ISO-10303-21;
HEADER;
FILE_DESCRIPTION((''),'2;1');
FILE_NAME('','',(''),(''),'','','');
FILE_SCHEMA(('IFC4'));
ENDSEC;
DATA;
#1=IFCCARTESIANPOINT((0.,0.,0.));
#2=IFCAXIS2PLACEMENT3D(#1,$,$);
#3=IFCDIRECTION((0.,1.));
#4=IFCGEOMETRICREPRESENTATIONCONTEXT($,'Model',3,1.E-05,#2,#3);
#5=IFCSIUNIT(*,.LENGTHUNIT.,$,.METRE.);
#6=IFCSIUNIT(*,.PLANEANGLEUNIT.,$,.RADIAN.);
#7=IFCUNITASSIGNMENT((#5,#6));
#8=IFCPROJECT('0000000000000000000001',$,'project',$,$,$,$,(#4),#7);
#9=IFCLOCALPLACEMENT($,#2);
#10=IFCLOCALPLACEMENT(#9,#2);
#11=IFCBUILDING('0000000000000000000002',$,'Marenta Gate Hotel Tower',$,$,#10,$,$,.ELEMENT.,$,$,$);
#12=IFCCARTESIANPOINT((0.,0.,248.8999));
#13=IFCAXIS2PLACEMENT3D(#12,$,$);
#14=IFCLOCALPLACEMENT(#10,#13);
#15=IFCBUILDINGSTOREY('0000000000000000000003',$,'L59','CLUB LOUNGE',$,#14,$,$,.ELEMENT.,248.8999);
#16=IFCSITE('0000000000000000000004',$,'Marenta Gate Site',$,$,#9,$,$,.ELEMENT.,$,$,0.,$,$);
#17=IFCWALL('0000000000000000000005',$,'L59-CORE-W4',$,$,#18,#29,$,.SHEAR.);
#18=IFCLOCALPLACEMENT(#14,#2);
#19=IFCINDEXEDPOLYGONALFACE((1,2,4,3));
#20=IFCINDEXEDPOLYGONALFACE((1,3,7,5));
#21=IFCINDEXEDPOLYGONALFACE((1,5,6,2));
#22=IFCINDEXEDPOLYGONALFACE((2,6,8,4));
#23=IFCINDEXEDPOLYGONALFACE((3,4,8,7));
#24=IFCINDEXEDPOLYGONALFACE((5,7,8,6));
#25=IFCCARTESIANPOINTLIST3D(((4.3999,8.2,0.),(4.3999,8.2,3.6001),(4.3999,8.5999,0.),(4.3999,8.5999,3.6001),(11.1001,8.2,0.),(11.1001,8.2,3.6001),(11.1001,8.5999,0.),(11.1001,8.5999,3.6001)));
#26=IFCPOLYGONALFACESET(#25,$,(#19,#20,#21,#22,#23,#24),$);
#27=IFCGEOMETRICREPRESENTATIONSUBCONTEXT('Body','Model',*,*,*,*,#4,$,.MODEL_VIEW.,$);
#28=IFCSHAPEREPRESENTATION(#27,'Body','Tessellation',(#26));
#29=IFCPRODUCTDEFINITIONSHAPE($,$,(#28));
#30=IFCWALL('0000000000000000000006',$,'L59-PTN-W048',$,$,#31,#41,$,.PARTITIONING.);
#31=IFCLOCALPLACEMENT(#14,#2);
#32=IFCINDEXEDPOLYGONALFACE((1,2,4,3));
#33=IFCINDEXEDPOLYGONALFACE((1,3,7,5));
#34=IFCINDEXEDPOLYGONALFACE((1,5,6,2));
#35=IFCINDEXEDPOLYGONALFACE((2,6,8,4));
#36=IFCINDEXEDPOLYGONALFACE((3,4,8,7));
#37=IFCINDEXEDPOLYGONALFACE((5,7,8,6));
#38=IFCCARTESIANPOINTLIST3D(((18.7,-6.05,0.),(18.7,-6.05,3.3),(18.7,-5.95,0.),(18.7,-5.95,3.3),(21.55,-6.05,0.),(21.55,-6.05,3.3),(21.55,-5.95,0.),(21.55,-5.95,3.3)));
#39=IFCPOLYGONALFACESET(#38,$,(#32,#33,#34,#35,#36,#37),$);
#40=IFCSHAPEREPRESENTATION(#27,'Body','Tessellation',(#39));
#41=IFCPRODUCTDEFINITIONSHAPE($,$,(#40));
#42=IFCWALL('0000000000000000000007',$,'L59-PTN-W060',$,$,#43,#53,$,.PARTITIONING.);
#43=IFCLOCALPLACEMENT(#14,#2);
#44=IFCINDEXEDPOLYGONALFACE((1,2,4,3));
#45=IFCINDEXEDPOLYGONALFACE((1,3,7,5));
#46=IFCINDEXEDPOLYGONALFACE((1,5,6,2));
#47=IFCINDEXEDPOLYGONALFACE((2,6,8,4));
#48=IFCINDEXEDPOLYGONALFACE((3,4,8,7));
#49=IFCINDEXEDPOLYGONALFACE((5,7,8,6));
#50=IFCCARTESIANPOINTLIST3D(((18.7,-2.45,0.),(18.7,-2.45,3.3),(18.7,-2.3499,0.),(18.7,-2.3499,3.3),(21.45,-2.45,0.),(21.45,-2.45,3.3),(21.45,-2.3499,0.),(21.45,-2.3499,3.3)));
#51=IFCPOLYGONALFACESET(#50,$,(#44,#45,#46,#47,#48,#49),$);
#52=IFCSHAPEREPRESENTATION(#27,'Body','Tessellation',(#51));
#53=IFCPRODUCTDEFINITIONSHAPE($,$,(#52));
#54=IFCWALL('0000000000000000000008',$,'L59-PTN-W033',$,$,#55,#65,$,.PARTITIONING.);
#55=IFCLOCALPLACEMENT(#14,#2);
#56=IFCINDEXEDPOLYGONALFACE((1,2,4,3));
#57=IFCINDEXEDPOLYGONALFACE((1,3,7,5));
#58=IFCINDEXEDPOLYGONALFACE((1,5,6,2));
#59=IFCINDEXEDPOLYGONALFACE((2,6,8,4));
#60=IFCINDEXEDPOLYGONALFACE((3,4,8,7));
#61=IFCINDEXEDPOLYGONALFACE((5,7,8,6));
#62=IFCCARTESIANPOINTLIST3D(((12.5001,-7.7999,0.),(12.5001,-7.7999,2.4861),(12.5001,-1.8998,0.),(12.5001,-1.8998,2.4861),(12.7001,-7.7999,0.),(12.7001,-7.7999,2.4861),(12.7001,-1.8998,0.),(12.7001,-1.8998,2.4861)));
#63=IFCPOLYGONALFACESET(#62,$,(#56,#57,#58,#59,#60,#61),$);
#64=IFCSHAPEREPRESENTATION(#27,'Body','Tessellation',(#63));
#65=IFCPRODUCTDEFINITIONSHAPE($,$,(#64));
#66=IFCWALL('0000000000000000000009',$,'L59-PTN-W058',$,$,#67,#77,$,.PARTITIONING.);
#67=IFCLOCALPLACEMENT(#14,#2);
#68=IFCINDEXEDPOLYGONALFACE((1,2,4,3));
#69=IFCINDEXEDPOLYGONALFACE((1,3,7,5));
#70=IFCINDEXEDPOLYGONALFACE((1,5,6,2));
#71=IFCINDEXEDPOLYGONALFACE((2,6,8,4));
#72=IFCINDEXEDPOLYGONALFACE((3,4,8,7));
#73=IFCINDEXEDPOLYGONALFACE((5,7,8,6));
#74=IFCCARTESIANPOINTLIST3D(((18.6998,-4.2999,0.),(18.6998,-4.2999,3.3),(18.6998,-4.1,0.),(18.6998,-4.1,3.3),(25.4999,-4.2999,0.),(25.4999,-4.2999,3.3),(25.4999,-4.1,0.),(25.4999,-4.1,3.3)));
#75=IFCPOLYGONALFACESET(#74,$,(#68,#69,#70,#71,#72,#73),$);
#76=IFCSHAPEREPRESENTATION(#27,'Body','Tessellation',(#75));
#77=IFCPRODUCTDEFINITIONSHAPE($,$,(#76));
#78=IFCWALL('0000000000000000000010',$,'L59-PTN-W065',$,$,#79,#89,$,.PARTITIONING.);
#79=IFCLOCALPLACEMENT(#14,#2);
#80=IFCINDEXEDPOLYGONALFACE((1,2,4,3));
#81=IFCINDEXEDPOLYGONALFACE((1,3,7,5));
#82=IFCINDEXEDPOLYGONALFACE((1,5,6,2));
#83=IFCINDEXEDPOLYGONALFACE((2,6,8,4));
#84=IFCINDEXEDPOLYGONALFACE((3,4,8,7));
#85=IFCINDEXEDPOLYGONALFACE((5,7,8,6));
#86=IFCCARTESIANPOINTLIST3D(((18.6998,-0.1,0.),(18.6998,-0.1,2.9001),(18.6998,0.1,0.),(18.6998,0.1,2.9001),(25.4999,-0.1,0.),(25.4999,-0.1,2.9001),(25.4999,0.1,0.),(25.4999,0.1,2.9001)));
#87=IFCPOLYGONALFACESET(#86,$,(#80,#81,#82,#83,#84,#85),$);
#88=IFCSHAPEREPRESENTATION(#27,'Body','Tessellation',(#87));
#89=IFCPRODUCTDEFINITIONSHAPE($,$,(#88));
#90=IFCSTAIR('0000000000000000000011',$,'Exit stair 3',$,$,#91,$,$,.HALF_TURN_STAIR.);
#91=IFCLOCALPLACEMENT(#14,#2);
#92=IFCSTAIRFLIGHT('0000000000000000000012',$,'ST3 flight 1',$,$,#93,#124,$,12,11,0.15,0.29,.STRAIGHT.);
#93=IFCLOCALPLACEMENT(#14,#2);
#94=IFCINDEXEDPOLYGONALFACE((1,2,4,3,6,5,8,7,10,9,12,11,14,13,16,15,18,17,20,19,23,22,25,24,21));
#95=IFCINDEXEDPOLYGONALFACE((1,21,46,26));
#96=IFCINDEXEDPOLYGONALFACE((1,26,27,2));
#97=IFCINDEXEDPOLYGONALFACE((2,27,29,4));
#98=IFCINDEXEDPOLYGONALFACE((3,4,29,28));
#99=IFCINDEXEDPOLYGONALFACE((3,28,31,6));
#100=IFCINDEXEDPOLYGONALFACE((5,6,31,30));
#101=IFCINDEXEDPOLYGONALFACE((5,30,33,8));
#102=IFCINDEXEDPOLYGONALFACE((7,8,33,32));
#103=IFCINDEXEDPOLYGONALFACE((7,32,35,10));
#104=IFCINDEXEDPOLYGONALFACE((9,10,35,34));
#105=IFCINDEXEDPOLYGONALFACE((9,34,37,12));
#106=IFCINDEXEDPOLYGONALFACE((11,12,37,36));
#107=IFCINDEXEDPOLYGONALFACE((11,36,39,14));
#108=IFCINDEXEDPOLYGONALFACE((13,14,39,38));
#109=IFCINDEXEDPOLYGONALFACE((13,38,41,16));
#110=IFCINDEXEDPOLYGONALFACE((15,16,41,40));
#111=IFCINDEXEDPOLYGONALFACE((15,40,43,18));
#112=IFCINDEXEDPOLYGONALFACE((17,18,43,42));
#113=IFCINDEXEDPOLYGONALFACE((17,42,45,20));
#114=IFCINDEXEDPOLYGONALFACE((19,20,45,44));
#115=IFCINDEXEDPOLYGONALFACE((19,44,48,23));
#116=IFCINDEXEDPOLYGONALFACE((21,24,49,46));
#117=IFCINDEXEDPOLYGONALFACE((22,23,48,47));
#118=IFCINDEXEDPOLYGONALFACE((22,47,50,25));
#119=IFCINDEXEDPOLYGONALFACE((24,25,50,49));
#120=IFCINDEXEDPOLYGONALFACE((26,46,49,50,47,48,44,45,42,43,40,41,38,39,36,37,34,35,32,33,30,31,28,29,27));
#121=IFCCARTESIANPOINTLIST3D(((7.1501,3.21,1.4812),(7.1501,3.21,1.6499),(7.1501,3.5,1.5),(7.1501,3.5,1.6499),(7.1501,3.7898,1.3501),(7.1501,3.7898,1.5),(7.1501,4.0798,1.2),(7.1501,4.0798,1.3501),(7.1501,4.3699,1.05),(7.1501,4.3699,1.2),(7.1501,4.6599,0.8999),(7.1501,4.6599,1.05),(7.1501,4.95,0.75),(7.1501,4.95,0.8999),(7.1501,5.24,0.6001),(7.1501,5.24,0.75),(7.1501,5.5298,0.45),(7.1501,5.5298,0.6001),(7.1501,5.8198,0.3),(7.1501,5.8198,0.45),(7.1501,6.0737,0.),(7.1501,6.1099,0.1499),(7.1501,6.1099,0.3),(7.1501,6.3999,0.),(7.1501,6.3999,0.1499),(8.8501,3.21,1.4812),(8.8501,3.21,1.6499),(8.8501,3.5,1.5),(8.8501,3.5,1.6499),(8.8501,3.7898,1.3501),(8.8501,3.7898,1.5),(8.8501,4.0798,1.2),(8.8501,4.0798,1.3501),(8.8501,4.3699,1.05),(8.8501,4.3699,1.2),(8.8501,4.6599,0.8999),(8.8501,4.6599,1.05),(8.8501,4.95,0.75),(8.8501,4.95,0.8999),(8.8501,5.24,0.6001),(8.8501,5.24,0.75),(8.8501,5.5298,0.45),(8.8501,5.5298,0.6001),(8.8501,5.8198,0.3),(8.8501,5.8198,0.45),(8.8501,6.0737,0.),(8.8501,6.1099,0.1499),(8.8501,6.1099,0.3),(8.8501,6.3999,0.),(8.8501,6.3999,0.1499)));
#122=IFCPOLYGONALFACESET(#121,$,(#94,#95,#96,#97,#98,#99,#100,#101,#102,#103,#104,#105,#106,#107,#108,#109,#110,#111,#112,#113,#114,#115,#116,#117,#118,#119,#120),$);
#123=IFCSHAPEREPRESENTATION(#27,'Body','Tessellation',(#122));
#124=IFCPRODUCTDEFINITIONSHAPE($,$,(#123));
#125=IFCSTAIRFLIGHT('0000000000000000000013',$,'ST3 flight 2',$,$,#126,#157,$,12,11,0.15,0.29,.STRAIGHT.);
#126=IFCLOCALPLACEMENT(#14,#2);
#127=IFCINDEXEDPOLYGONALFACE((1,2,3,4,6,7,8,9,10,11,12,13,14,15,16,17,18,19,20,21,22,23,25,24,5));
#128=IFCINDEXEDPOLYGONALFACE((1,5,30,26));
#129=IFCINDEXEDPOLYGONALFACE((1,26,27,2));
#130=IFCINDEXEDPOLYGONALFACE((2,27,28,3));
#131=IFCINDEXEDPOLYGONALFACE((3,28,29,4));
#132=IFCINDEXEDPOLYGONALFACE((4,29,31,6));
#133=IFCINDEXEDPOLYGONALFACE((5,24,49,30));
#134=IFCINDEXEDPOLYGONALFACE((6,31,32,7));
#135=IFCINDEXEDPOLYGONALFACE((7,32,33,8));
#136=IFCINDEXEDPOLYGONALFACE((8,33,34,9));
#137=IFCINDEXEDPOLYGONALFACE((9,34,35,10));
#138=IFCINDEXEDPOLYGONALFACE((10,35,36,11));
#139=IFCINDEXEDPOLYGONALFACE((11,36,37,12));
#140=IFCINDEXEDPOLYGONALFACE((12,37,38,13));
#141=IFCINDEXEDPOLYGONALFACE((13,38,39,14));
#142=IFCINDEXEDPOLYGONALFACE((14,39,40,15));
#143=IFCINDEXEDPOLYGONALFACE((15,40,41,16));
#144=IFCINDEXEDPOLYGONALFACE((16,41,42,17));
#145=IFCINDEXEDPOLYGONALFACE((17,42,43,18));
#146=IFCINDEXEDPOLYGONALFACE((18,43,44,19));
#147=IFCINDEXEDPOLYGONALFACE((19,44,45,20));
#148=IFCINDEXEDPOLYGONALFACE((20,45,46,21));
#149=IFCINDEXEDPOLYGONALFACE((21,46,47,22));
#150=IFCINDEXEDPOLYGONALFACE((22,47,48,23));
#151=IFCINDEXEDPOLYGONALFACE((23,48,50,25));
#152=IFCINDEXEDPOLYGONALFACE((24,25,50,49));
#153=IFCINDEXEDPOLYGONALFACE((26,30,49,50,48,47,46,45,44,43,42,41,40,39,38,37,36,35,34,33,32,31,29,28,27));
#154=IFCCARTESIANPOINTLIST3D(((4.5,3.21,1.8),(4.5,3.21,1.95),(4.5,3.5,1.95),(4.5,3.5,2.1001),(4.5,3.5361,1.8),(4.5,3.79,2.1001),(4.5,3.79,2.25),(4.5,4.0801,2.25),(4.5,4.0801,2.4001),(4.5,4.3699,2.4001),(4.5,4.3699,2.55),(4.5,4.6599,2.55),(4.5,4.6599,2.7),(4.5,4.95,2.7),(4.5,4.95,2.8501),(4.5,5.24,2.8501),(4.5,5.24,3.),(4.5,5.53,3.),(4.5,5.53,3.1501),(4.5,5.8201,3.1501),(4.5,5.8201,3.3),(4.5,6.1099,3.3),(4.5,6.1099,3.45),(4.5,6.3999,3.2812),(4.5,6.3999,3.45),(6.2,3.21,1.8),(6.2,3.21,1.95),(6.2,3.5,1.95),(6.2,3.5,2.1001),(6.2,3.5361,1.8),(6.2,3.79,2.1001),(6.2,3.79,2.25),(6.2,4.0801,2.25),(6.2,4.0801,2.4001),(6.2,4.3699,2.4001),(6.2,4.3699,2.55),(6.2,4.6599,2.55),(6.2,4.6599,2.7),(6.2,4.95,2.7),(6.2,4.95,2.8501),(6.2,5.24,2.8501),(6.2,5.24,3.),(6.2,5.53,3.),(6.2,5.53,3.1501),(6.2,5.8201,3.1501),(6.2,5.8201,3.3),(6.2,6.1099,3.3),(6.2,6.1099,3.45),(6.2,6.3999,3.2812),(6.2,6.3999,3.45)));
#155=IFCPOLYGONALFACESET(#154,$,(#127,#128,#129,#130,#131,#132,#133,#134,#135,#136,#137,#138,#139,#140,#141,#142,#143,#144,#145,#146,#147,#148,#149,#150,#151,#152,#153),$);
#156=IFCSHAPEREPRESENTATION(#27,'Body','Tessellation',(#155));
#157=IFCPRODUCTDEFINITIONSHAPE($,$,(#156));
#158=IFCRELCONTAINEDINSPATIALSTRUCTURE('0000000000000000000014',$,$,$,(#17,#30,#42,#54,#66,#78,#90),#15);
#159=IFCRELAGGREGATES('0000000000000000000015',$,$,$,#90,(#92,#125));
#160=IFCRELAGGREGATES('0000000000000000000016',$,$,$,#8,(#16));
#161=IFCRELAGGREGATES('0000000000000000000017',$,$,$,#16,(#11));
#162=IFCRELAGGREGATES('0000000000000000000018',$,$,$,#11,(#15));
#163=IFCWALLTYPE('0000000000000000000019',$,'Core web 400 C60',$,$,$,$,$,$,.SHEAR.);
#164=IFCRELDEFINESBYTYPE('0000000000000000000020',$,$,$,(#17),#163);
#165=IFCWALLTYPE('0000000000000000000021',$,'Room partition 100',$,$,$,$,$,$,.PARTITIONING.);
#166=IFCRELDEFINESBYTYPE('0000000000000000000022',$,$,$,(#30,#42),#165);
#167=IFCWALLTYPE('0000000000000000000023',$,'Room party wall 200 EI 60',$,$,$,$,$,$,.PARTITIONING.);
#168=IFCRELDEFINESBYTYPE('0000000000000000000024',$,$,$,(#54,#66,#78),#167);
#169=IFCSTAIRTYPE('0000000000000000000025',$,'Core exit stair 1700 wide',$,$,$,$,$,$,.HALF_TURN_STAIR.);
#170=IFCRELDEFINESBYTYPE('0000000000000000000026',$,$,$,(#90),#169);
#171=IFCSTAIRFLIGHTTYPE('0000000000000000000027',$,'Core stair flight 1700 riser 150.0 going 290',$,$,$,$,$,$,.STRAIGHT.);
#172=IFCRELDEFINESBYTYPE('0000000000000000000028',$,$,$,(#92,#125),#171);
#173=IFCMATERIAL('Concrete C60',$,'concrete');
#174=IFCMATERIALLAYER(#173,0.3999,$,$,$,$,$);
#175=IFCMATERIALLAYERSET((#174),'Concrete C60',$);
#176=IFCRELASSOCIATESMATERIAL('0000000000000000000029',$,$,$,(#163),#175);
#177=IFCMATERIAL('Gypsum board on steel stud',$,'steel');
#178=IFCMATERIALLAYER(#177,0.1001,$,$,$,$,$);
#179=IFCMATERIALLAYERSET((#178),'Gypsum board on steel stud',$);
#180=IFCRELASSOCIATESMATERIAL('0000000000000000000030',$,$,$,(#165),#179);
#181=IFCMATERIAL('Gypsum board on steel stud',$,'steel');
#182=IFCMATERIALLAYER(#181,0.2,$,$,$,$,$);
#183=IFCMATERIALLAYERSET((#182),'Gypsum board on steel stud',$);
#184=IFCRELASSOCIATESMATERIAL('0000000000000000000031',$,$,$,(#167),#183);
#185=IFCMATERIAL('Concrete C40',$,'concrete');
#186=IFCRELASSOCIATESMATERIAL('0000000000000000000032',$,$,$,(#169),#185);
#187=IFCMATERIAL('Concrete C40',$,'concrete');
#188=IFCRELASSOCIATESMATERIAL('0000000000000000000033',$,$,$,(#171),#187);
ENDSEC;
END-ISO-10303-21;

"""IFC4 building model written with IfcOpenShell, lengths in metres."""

from ifc_helpers import new_model, si_unit, direction, frame, frame_2d, origin, place, context, subcontext, project, spatial, polyline, rectangle, outline, extrude, material, layer, layer_set, type_object, element, aggregate, save


model = new_model("IFC4")

# Units and contexts
model_context = context("Model", 3, precision=1e-05, world=origin(), true_north=direction((0.0, 1.0)))
body_context = subcontext(model_context, "Body", "Model", "MODEL_VIEW")
ifc_project = project(units=[si_unit("LENGTHUNIT", "METRE"), si_unit("PLANEANGLEUNIT", "RADIAN")], contexts=[model_context])

# Site, building, storey
site_placement = place(None, origin())
site = spatial("IfcSite", under=ifc_project, at=site_placement, Name="Marenta Gate Site", CompositionType="ELEMENT", RefElevation=0.0)
building_placement = place(site_placement, origin())
building = spatial("IfcBuilding", under=site, at=building_placement, Name="Marenta Gate Hotel Tower", CompositionType="ELEMENT")
storey_placement = place(building_placement, frame((0.0, 0.0, 248.8999)))
storey = spatial("IfcBuildingStorey", under=building, at=storey_placement, Name="L59", Description="CLUB LOUNGE", CompositionType="ELEMENT", Elevation=248.8999)

# Walls
ifc_material_1 = material(Name="Concrete C60", Category="concrete")
ifc_layer_1 = layer(ifc_material_1, 0.3999)
ifc_layer_set_1 = layer_set([ifc_layer_1], Name="Concrete C60")
wall_type_1 = type_object("IfcWallType", Name="Core web 400 C60", PredefinedType="SHEAR", material=ifc_layer_set_1)
wall_1_placement = place(storey_placement, frame((4.3999, 8.3999, 0.0), z_axis=(0.0, 0.0, 1.0), x_axis=(1.0, 0.0, 0.0)))
element("IfcWall", 1, at=wall_1_placement, inside=storey, type_object=wall_type_1, Name="L59-CORE-W4", PredefinedType="SHEAR", context=body_context, shape_type="SweptSolid", body=[
    extrude(rectangle(XDim=6.7002, YDim=0.3999, at=frame_2d((3.3501, 0.0))), origin(), (0.0, 0.0, 1.0), 3.6001),
])
ifc_material_2 = material(Name="Gypsum board on steel stud", Category="steel")
ifc_layer_2 = layer(ifc_material_2, 0.1001)
ifc_layer_set_2 = layer_set([ifc_layer_2], Name="Gypsum board on steel stud")
wall_type_2 = type_object("IfcWallType", Name="Room partition 100", PredefinedType="PARTITIONING", material=ifc_layer_set_2)
wall_2_placement = place(storey_placement, frame((18.7, -6.0, 0.0), z_axis=(0.0, 0.0, 1.0), x_axis=(1.0, 0.0, 0.0)))
element("IfcWall", 2, at=wall_2_placement, inside=storey, type_object=wall_type_2, Name="L59-PTN-W048", PredefinedType="PARTITIONING", context=body_context, shape_type="SweptSolid", body=[
    extrude(rectangle(XDim=2.8501, YDim=0.1001, at=frame_2d((1.425, 0.0))), origin(), (0.0, 0.0, 1.0), 3.3),
])
wall_3_placement = place(storey_placement, frame((18.7, -2.3999, 0.0), z_axis=(0.0, 0.0, 1.0), x_axis=(1.0, 0.0, 0.0)))
element("IfcWall", 3, at=wall_3_placement, inside=storey, type_object=wall_type_2, Name="L59-PTN-W060", PredefinedType="PARTITIONING", context=body_context, shape_type="SweptSolid", body=[
    extrude(rectangle(XDim=2.75, YDim=0.1001, at=frame_2d((1.375, 0.0))), origin(), (0.0, 0.0, 1.0), 3.3),
])
ifc_material_3 = material(Name="Gypsum board on steel stud", Category="steel")
ifc_layer_3 = layer(ifc_material_3, 0.2)
ifc_layer_set_3 = layer_set([ifc_layer_3], Name="Gypsum board on steel stud")
wall_type_3 = type_object("IfcWallType", Name="Room party wall 200 EI 60", PredefinedType="PARTITIONING", material=ifc_layer_set_3)
wall_4_placement = place(storey_placement, frame((12.6001, -7.8, 0.0), z_axis=(0.0, 0.0, 1.0), x_axis=(0.0, 1.0, 0.0)))
element("IfcWall", 4, at=wall_4_placement, inside=storey, type_object=wall_type_3, Name="L59-PTN-W033", PredefinedType="PARTITIONING", context=body_context, shape_type="SweptSolid", body=[
    extrude(rectangle(XDim=5.9001, YDim=0.2, at=frame_2d((2.9502, 0.0))), origin(), (0.0, 0.0, 1.0), 2.4861),
])
wall_5_placement = place(storey_placement, frame((18.7, -4.2, 0.0), z_axis=(0.0, 0.0, 1.0), x_axis=(1.0, 0.0, 0.0)))
element("IfcWall", 5, at=wall_5_placement, inside=storey, type_object=wall_type_3, Name="L59-PTN-W058", PredefinedType="PARTITIONING", context=body_context, shape_type="SweptSolid", body=[
    extrude(rectangle(XDim=6.8, YDim=0.2, at=frame_2d((3.3999, 0.0))), origin(), (0.0, 0.0, 1.0), 3.3),
])
wall_6_placement = place(storey_placement, frame((18.7, 0.0, 0.0), z_axis=(0.0, 0.0, 1.0), x_axis=(1.0, 0.0, 0.0)))
element("IfcWall", 6, at=wall_6_placement, inside=storey, type_object=wall_type_3, Name="L59-PTN-W065", PredefinedType="PARTITIONING", context=body_context, shape_type="SweptSolid", body=[
    extrude(rectangle(XDim=6.8, YDim=0.2, at=frame_2d((3.3999, 0.0))), origin(), (0.0, 0.0, 1.0), 2.9001),
])

# Stair, stair flights
ifc_material_4 = material(Name="Concrete C40", Category="concrete")
stair_type = type_object("IfcStairType", Name="Core exit stair 1700 wide", PredefinedType="HALF_TURN_STAIR", material=ifc_material_4)
stair_placement = place(storey_placement, origin())
stair = element("IfcStair", 7, at=stair_placement, inside=storey, type_object=stair_type, Name="Exit stair 3", PredefinedType="HALF_TURN_STAIR")
ifc_material_5 = material(Name="Concrete C40", Category="concrete")
stair_flight_type = type_object("IfcStairFlightType", Name="Core stair flight 1700 riser 150.0 going 290", PredefinedType="STRAIGHT", material=ifc_material_5)
stair_flight_1_placement = place(storey_placement, frame((8.0, 6.3999, 0.0), z_axis=(0.0, 0.0, 1.0), x_axis=(0.0, -1.0, 0.0)))
stair_flight_1 = element("IfcStairFlight", 8, at=stair_flight_1_placement, type_object=stair_flight_type, Name="ST3 flight 1", NumberOfRisers=12, NumberOfTreads=11, PredefinedType="STRAIGHT", RiserHeight=0.15, TreadLength=0.29, context=body_context, shape_type="SweptSolid", body=[
    extrude(outline(polyline([(0.0, 0.0), (0.0, 0.1499), (0.29, 0.1499), (0.29, 0.3), (0.5801, 0.3), (0.5801, 0.45), (0.8701, 0.45), (0.8701, 0.6001), (1.1599, 0.6001), (1.1599, 0.75), (1.45, 0.75), (1.45, 0.8999), (1.74, 0.8999), (1.74, 1.05), (2.03, 1.05), (2.03, 1.2), (2.3201, 1.2), (2.3201, 1.3501), (2.6101, 1.3501), (2.6101, 1.5), (2.8999, 1.5), (2.8999, 1.6499), (3.1899, 1.6499), (3.1899, 1.8), (3.1899, 1.4812), (0.3262, 0.0), (0.0, 0.0)])), frame((0.0, 0.8501, 0.0), z_axis=(0.0, -1.0, 0.0), x_axis=(1.0, 0.0, 0.0)), (0.0, 0.0, 1.0), 1.7),
])
stair_flight_2_placement = place(storey_placement, frame((5.3501, 3.21, 1.8), z_axis=(0.0, 0.0, 1.0), x_axis=(0.0, 1.0, 0.0)))
stair_flight_2 = element("IfcStairFlight", 9, at=stair_flight_2_placement, type_object=stair_flight_type, Name="ST3 flight 2", NumberOfRisers=12, NumberOfTreads=11, PredefinedType="STRAIGHT", RiserHeight=0.15, TreadLength=0.29, context=body_context, shape_type="SweptSolid", body=[
    extrude(outline(polyline([(0.0, 0.0), (0.0, 0.1499), (0.29, 0.1499), (0.29, 0.3), (0.5801, 0.3), (0.5801, 0.45), (0.8701, 0.45), (0.8701, 0.6001), (1.1599, 0.6001), (1.1599, 0.75), (1.45, 0.75), (1.45, 0.8999), (1.74, 0.8999), (1.74, 1.05), (2.03, 1.05), (2.03, 1.2), (2.3201, 1.2), (2.3201, 1.3501), (2.6101, 1.3501), (2.6101, 1.5), (2.8999, 1.5), (2.8999, 1.6499), (3.1899, 1.6499), (3.1899, 1.8), (3.1899, 1.4812), (0.3262, 0.0), (0.0, 0.0)])), frame((0.0, 0.8501, 0.0), z_axis=(0.0, -1.0, 0.0), x_axis=(1.0, 0.0, 0.0)), (0.0, 0.0, 1.0), 1.7),
])
aggregate(stair, [stair_flight_1, stair_flight_2])

save(model, "model.ifc")
